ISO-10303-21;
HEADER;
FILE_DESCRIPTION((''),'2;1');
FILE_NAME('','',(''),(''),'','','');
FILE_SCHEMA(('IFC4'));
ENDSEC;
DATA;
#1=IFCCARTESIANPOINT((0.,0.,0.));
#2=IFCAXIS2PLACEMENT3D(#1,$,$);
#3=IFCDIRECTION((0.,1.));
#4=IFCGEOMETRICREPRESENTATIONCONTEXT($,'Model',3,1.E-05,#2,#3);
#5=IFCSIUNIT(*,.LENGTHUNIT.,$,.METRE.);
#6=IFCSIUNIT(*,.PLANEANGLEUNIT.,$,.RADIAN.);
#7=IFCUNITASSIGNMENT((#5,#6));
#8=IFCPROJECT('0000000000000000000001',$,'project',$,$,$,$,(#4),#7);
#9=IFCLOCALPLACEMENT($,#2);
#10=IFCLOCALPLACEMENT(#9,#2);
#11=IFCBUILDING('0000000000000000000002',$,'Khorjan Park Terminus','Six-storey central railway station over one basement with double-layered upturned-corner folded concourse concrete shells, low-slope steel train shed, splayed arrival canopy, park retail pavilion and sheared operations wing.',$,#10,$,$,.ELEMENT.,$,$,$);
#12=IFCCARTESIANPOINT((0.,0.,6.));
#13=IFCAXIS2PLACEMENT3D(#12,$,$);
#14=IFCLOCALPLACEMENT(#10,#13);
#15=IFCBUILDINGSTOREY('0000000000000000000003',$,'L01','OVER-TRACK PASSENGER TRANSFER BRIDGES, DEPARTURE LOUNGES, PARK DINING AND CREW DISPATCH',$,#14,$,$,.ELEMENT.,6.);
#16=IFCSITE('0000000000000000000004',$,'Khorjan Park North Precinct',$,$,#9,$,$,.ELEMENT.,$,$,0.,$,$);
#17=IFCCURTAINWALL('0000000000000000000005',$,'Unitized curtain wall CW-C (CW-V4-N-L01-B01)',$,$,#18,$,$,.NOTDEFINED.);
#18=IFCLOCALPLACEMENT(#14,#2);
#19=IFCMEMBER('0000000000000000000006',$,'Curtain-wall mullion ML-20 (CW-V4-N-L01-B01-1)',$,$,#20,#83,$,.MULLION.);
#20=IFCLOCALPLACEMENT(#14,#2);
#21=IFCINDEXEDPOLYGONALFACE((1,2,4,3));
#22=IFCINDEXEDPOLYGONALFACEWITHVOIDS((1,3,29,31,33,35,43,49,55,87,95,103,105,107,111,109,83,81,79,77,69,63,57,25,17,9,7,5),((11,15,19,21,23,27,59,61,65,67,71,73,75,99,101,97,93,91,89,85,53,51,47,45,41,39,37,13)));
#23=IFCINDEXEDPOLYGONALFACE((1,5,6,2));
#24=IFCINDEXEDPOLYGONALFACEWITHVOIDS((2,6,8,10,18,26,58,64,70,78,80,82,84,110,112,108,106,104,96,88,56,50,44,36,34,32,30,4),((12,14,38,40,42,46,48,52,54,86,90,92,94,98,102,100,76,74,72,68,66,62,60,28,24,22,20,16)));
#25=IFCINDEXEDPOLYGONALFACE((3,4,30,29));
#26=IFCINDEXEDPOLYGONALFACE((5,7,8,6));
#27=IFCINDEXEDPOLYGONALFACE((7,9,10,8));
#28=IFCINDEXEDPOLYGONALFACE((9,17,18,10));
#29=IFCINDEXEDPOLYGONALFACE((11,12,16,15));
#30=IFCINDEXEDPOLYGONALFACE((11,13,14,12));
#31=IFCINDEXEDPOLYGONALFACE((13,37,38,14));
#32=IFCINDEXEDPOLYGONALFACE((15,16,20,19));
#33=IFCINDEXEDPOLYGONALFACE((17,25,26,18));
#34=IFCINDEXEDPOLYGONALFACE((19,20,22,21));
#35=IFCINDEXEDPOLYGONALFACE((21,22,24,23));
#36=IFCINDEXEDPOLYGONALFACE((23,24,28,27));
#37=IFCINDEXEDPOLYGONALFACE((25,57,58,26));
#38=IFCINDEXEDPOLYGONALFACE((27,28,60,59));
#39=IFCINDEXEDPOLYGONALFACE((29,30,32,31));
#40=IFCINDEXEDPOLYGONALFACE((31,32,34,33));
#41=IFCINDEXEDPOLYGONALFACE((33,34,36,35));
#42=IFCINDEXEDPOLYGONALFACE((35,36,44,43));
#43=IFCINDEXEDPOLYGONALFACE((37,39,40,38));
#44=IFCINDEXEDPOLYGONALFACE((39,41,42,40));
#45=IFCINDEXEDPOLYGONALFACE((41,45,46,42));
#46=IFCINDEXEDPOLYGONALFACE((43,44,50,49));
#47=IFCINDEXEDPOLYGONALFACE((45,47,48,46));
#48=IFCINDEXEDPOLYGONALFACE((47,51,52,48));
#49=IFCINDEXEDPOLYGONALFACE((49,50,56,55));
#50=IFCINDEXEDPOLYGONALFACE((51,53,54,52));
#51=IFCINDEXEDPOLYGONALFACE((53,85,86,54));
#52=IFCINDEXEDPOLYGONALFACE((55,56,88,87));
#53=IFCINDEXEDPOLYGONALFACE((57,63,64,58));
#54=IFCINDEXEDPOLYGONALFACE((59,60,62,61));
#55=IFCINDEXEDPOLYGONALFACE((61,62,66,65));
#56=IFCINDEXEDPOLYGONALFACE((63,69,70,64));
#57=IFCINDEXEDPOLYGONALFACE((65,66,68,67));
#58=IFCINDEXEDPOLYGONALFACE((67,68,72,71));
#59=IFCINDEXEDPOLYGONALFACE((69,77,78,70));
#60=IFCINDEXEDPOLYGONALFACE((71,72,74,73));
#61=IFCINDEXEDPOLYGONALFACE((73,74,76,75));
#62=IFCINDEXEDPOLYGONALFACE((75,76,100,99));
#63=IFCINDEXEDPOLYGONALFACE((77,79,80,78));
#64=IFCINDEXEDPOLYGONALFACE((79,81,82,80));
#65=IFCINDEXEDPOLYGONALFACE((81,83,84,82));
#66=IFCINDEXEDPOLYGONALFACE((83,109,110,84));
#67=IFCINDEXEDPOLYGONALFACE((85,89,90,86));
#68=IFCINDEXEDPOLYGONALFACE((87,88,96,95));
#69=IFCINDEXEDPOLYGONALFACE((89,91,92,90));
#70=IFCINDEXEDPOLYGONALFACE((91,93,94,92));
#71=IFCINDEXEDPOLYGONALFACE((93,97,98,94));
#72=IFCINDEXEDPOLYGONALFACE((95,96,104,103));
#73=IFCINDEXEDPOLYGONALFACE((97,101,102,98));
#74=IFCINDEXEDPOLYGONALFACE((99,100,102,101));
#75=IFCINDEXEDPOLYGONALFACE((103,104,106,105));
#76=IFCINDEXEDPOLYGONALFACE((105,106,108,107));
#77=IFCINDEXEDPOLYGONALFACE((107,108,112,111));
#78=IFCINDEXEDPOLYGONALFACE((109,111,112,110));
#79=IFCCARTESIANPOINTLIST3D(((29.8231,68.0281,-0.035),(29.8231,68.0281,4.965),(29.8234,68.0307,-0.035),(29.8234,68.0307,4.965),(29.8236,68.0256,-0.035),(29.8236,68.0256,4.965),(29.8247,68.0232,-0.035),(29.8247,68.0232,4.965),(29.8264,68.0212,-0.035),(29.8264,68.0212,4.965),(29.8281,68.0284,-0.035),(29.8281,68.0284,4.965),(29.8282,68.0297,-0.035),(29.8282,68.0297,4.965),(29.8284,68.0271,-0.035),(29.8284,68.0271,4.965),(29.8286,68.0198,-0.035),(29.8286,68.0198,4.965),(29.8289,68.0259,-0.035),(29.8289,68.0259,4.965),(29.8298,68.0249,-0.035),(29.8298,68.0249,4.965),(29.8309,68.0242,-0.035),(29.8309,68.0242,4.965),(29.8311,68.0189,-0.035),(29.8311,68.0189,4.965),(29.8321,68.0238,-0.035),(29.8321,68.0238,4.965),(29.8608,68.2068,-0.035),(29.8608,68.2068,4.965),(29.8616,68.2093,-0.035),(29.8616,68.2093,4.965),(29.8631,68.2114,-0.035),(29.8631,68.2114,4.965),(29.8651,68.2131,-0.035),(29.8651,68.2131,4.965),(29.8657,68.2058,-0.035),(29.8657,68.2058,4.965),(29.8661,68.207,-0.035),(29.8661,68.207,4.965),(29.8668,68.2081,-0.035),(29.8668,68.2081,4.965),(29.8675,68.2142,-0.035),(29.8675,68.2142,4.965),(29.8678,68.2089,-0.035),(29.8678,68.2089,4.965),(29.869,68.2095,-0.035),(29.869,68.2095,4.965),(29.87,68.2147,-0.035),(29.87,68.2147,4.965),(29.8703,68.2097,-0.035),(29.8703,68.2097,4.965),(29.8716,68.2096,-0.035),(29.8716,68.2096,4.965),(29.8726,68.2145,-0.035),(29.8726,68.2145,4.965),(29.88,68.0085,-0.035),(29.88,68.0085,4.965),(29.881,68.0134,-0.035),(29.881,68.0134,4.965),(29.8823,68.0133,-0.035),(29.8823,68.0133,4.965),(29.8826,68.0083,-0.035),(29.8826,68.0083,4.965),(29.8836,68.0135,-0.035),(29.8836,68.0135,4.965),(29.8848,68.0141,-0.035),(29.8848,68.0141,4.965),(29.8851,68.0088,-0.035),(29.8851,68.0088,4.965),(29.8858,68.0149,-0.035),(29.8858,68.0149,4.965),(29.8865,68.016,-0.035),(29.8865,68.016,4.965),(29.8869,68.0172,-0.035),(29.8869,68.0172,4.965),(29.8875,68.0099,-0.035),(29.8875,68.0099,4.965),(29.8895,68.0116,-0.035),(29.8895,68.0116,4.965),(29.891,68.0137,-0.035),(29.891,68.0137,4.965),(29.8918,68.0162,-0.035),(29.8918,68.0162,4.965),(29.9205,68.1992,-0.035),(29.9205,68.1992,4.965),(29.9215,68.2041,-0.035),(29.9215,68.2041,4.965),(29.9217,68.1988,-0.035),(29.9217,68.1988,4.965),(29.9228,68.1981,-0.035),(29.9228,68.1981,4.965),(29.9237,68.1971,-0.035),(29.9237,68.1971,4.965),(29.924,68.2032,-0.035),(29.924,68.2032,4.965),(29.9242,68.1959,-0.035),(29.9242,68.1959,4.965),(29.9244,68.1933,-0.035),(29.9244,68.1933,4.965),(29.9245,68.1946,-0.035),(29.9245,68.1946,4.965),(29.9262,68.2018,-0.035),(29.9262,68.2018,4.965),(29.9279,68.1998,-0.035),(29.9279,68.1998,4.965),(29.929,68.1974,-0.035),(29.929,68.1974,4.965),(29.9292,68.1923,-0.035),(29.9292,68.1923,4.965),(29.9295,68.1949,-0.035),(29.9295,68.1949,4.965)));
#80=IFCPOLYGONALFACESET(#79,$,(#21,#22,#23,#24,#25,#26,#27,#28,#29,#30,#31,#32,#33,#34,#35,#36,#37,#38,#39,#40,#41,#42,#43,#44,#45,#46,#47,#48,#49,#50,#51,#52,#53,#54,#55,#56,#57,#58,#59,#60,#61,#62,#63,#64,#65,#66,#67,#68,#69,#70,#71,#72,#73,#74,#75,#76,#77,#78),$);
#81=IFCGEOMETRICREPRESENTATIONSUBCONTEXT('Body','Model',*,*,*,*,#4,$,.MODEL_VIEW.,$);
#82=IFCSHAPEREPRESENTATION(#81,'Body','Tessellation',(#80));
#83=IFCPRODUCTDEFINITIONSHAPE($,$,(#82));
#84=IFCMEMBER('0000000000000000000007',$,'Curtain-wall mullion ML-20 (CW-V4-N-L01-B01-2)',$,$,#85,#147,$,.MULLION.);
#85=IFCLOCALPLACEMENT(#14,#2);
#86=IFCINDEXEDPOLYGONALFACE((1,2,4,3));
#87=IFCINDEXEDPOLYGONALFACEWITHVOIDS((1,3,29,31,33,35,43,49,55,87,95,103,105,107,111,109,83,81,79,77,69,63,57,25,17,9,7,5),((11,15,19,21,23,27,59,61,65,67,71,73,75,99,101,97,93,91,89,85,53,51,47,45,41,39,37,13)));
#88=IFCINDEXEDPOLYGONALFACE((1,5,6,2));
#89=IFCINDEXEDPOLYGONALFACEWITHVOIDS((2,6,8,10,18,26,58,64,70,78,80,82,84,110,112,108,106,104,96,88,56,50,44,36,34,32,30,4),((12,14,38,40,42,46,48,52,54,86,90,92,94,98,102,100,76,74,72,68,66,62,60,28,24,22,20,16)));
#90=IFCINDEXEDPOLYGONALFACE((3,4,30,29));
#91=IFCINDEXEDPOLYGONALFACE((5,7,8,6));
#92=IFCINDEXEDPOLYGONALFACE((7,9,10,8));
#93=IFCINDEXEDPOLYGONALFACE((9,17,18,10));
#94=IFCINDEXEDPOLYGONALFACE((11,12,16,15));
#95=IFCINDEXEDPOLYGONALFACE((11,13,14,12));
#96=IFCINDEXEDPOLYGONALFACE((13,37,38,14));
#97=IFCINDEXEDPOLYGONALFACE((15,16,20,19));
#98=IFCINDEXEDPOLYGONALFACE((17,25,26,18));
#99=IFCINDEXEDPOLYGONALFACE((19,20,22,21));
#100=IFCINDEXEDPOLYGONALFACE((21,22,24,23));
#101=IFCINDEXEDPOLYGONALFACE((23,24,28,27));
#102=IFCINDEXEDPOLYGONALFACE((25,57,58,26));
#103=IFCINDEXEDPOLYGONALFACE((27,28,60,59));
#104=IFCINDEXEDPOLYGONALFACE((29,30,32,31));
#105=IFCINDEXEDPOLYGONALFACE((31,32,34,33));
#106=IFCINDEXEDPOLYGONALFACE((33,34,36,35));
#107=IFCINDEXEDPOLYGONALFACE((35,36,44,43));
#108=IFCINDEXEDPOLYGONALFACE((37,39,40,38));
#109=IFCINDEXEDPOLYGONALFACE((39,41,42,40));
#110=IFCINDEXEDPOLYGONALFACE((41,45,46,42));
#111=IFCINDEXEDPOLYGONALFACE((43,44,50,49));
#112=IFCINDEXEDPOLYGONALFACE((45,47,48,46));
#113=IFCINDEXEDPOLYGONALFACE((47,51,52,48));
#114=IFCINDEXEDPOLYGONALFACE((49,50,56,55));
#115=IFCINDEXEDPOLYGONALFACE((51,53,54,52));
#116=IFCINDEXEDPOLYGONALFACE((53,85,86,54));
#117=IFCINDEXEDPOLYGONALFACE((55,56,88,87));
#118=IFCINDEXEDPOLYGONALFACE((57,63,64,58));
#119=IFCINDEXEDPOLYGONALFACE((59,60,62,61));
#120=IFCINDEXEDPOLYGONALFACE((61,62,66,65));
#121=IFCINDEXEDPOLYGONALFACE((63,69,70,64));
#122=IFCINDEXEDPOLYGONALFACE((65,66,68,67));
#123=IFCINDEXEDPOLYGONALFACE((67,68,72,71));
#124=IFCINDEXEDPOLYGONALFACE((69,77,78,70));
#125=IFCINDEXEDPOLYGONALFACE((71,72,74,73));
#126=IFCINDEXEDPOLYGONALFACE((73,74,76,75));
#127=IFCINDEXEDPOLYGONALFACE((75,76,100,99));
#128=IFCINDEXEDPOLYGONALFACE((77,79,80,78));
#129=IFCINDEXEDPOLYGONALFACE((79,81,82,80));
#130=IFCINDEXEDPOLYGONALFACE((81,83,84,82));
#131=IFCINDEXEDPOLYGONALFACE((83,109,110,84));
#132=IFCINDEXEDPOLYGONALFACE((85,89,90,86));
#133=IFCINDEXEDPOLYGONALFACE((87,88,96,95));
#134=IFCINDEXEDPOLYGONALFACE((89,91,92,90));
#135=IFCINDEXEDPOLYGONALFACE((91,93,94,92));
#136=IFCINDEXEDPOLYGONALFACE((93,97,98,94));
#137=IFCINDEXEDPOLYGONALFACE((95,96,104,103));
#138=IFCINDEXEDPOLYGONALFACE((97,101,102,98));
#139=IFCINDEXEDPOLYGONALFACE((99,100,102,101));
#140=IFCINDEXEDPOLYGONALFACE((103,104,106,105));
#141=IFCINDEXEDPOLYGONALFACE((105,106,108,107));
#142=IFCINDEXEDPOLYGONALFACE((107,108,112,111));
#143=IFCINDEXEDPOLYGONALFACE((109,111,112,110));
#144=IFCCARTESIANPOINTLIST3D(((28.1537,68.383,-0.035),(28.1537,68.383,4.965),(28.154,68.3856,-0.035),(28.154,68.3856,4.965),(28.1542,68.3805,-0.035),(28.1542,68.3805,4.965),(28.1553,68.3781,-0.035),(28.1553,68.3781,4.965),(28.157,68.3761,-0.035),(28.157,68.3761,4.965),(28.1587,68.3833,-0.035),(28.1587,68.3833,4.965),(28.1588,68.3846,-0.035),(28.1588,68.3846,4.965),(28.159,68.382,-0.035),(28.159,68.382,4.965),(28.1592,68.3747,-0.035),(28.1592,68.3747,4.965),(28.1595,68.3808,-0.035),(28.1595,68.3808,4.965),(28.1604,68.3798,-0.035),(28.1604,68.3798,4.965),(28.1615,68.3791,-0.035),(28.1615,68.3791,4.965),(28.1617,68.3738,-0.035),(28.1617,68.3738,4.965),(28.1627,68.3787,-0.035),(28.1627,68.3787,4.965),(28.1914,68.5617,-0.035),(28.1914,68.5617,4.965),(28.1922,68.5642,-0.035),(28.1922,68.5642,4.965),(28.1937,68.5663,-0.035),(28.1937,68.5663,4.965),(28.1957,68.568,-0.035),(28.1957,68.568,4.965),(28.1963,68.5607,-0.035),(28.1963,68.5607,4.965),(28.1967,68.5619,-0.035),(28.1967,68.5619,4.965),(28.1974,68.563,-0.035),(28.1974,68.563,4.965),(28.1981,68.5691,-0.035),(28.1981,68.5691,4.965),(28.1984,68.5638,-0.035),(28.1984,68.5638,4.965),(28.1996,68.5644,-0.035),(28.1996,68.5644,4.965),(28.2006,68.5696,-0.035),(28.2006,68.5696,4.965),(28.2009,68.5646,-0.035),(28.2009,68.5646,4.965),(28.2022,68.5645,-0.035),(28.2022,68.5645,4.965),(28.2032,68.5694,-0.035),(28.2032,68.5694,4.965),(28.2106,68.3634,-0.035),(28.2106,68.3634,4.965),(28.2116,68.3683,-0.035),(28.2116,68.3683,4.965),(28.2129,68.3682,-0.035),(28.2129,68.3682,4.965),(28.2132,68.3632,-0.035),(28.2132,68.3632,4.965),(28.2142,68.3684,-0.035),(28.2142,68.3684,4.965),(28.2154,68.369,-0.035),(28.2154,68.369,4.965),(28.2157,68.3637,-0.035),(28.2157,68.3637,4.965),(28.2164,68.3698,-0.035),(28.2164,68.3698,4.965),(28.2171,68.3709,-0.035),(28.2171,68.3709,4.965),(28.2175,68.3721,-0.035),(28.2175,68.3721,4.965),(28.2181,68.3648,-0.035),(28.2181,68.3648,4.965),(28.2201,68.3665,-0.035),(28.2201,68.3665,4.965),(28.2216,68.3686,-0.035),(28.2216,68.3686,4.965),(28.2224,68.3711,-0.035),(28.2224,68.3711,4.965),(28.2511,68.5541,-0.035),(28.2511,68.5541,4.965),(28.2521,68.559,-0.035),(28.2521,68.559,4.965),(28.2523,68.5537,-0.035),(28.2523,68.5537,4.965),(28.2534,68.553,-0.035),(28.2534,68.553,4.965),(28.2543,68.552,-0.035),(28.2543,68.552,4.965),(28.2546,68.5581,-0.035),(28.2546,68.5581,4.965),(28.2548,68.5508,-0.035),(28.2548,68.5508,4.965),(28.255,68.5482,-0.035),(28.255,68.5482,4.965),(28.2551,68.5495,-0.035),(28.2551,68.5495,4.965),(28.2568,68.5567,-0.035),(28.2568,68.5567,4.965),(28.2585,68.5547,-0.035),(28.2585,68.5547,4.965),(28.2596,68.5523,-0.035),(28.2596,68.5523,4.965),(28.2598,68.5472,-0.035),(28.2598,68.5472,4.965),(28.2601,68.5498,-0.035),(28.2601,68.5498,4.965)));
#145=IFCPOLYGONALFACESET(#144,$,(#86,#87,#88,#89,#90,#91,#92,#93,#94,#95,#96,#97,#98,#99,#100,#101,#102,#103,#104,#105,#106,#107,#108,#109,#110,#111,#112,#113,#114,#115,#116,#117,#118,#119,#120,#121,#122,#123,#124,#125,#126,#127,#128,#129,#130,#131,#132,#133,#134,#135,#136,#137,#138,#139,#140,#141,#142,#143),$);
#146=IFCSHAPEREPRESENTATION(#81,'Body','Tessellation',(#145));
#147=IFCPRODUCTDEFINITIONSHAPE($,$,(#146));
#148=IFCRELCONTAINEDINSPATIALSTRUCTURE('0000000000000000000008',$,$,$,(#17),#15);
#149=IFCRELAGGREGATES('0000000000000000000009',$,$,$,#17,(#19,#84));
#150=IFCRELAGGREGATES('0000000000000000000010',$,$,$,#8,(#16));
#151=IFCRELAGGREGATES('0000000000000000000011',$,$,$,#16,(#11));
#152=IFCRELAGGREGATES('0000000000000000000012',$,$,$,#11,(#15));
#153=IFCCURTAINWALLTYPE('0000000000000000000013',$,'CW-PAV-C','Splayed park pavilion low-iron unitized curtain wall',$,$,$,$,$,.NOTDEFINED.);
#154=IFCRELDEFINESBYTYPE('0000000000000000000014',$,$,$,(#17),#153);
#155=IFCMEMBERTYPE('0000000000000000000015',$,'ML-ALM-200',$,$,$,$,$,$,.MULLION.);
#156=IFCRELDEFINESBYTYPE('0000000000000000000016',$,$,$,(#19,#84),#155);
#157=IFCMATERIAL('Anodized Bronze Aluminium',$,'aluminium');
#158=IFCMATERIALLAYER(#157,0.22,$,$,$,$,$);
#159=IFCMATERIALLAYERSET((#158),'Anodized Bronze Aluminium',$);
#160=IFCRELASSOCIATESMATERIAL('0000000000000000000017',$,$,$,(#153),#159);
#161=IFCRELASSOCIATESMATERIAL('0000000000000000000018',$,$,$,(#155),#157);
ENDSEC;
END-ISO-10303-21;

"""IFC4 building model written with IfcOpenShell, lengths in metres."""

from ifc_helpers import new_model, si_unit, direction, frame, origin, origin_2d, place, context, subcontext, project, spatial, hollow_rectangle, extrude, material, layer, layer_set, material_profile, profile_set, type_object, element, aggregate, save


model = new_model("IFC4")

# Units and contexts
model_context = context("Model", 3, precision=1e-05, world=origin(), true_north=direction((0.0, 1.0)))
body_context = subcontext(model_context, "Body", "Model", "MODEL_VIEW")
ifc_project = project(units=[si_unit("LENGTHUNIT", "METRE"), si_unit("PLANEANGLEUNIT", "RADIAN")], contexts=[model_context])

# Site, building, storey
site_placement = place(None, origin())
site = spatial("IfcSite", under=ifc_project, at=site_placement, Name="Khorjan Park North Precinct", CompositionType="ELEMENT", RefElevation=0.0)
building_placement = place(site_placement, origin())
building = spatial("IfcBuilding", under=site, at=building_placement, Name="Khorjan Park Terminus", Description="Six-storey central railway station over one basement with double-layered upturned-corner folded concourse concrete shells, low-slope steel train shed, splayed arrival canopy, park retail pavilion and sheared operations wing.", CompositionType="ELEMENT")
storey_placement = place(building_placement, frame((0.0, 0.0, 6.0)))
storey = spatial("IfcBuildingStorey", under=building, at=storey_placement, Name="L01", Description="OVER-TRACK PASSENGER TRANSFER BRIDGES, DEPARTURE LOUNGES, PARK DINING AND CREW DISPATCH", CompositionType="ELEMENT", Elevation=6.0)

# Curtain wall, members
ifc_material_1 = material(Name="Anodized Bronze Aluminium", Category="aluminium")
ifc_layer_1 = layer(ifc_material_1, 0.22)
ifc_layer_set_1 = layer_set([ifc_layer_1], Name="Anodized Bronze Aluminium")
curtain_wall_type = type_object("IfcCurtainWallType", Name="CW-PAV-C", Description="Splayed park pavilion low-iron unitized curtain wall", PredefinedType="NOTDEFINED", material=ifc_layer_set_1)
curtain_wall_1_placement = place(storey_placement, origin())
curtain_wall_1 = element("IfcCurtainWall", 1, at=curtain_wall_1_placement, inside=storey, type_object=curtain_wall_type, Name="Unitized curtain wall CW-C (CW-V4-N-L01-B01)", PredefinedType="NOTDEFINED")
ifc_material_profile_1 = material_profile(ifc_material_1, hollow_rectangle(XDim=0.07, YDim=0.2, WallThickness=0.005, InnerFilletRadius=0.005, OuterFilletRadius=0.01, at=origin_2d()), Name="ALM 70x200x5")
ifc_profile_set_1 = profile_set([ifc_material_profile_1], Name="Anodized Bronze Aluminium")
member_type_1 = type_object("IfcMemberType", Name="ML-ALM-200", PredefinedType="MULLION", material=ifc_profile_set_1)
member_1_placement = place(storey_placement, frame((29.8763, 68.1115, -0.035), z_axis=(0.0, 0.0, 1.0), x_axis=(-0.97815, 0.207901, 0.0)))
member_1 = element("IfcMember", 2, at=member_1_placement, type_object=member_type_1, Name="Curtain-wall mullion ML-20 (CW-V4-N-L01-B01-1)", PredefinedType="MULLION", context=body_context, shape_type="SweptSolid", body=[
    extrude(hollow_rectangle(XDim=0.07, YDim=0.2, WallThickness=0.005, InnerFilletRadius=0.005, OuterFilletRadius=0.01, at=origin_2d()), origin(), (0.0, 0.0, 1.0), 5.0),
])
member_2_placement = place(storey_placement, frame((28.2069, 68.4664, -0.035), z_axis=(0.0, 0.0, 1.0), x_axis=(-0.97815, 0.207901, 0.0)))
member_2 = element("IfcMember", 3, at=member_2_placement, type_object=member_type_1, Name="Curtain-wall mullion ML-20 (CW-V4-N-L01-B01-2)", PredefinedType="MULLION", context=body_context, shape_type="SweptSolid", body=[
    extrude(hollow_rectangle(XDim=0.07, YDim=0.2, WallThickness=0.005, InnerFilletRadius=0.005, OuterFilletRadius=0.01, at=origin_2d()), origin(), (0.0, 0.0, 1.0), 5.0),
])

aggregate(curtain_wall_1, [member_1, member_2])

save(model, "model.ifc")
